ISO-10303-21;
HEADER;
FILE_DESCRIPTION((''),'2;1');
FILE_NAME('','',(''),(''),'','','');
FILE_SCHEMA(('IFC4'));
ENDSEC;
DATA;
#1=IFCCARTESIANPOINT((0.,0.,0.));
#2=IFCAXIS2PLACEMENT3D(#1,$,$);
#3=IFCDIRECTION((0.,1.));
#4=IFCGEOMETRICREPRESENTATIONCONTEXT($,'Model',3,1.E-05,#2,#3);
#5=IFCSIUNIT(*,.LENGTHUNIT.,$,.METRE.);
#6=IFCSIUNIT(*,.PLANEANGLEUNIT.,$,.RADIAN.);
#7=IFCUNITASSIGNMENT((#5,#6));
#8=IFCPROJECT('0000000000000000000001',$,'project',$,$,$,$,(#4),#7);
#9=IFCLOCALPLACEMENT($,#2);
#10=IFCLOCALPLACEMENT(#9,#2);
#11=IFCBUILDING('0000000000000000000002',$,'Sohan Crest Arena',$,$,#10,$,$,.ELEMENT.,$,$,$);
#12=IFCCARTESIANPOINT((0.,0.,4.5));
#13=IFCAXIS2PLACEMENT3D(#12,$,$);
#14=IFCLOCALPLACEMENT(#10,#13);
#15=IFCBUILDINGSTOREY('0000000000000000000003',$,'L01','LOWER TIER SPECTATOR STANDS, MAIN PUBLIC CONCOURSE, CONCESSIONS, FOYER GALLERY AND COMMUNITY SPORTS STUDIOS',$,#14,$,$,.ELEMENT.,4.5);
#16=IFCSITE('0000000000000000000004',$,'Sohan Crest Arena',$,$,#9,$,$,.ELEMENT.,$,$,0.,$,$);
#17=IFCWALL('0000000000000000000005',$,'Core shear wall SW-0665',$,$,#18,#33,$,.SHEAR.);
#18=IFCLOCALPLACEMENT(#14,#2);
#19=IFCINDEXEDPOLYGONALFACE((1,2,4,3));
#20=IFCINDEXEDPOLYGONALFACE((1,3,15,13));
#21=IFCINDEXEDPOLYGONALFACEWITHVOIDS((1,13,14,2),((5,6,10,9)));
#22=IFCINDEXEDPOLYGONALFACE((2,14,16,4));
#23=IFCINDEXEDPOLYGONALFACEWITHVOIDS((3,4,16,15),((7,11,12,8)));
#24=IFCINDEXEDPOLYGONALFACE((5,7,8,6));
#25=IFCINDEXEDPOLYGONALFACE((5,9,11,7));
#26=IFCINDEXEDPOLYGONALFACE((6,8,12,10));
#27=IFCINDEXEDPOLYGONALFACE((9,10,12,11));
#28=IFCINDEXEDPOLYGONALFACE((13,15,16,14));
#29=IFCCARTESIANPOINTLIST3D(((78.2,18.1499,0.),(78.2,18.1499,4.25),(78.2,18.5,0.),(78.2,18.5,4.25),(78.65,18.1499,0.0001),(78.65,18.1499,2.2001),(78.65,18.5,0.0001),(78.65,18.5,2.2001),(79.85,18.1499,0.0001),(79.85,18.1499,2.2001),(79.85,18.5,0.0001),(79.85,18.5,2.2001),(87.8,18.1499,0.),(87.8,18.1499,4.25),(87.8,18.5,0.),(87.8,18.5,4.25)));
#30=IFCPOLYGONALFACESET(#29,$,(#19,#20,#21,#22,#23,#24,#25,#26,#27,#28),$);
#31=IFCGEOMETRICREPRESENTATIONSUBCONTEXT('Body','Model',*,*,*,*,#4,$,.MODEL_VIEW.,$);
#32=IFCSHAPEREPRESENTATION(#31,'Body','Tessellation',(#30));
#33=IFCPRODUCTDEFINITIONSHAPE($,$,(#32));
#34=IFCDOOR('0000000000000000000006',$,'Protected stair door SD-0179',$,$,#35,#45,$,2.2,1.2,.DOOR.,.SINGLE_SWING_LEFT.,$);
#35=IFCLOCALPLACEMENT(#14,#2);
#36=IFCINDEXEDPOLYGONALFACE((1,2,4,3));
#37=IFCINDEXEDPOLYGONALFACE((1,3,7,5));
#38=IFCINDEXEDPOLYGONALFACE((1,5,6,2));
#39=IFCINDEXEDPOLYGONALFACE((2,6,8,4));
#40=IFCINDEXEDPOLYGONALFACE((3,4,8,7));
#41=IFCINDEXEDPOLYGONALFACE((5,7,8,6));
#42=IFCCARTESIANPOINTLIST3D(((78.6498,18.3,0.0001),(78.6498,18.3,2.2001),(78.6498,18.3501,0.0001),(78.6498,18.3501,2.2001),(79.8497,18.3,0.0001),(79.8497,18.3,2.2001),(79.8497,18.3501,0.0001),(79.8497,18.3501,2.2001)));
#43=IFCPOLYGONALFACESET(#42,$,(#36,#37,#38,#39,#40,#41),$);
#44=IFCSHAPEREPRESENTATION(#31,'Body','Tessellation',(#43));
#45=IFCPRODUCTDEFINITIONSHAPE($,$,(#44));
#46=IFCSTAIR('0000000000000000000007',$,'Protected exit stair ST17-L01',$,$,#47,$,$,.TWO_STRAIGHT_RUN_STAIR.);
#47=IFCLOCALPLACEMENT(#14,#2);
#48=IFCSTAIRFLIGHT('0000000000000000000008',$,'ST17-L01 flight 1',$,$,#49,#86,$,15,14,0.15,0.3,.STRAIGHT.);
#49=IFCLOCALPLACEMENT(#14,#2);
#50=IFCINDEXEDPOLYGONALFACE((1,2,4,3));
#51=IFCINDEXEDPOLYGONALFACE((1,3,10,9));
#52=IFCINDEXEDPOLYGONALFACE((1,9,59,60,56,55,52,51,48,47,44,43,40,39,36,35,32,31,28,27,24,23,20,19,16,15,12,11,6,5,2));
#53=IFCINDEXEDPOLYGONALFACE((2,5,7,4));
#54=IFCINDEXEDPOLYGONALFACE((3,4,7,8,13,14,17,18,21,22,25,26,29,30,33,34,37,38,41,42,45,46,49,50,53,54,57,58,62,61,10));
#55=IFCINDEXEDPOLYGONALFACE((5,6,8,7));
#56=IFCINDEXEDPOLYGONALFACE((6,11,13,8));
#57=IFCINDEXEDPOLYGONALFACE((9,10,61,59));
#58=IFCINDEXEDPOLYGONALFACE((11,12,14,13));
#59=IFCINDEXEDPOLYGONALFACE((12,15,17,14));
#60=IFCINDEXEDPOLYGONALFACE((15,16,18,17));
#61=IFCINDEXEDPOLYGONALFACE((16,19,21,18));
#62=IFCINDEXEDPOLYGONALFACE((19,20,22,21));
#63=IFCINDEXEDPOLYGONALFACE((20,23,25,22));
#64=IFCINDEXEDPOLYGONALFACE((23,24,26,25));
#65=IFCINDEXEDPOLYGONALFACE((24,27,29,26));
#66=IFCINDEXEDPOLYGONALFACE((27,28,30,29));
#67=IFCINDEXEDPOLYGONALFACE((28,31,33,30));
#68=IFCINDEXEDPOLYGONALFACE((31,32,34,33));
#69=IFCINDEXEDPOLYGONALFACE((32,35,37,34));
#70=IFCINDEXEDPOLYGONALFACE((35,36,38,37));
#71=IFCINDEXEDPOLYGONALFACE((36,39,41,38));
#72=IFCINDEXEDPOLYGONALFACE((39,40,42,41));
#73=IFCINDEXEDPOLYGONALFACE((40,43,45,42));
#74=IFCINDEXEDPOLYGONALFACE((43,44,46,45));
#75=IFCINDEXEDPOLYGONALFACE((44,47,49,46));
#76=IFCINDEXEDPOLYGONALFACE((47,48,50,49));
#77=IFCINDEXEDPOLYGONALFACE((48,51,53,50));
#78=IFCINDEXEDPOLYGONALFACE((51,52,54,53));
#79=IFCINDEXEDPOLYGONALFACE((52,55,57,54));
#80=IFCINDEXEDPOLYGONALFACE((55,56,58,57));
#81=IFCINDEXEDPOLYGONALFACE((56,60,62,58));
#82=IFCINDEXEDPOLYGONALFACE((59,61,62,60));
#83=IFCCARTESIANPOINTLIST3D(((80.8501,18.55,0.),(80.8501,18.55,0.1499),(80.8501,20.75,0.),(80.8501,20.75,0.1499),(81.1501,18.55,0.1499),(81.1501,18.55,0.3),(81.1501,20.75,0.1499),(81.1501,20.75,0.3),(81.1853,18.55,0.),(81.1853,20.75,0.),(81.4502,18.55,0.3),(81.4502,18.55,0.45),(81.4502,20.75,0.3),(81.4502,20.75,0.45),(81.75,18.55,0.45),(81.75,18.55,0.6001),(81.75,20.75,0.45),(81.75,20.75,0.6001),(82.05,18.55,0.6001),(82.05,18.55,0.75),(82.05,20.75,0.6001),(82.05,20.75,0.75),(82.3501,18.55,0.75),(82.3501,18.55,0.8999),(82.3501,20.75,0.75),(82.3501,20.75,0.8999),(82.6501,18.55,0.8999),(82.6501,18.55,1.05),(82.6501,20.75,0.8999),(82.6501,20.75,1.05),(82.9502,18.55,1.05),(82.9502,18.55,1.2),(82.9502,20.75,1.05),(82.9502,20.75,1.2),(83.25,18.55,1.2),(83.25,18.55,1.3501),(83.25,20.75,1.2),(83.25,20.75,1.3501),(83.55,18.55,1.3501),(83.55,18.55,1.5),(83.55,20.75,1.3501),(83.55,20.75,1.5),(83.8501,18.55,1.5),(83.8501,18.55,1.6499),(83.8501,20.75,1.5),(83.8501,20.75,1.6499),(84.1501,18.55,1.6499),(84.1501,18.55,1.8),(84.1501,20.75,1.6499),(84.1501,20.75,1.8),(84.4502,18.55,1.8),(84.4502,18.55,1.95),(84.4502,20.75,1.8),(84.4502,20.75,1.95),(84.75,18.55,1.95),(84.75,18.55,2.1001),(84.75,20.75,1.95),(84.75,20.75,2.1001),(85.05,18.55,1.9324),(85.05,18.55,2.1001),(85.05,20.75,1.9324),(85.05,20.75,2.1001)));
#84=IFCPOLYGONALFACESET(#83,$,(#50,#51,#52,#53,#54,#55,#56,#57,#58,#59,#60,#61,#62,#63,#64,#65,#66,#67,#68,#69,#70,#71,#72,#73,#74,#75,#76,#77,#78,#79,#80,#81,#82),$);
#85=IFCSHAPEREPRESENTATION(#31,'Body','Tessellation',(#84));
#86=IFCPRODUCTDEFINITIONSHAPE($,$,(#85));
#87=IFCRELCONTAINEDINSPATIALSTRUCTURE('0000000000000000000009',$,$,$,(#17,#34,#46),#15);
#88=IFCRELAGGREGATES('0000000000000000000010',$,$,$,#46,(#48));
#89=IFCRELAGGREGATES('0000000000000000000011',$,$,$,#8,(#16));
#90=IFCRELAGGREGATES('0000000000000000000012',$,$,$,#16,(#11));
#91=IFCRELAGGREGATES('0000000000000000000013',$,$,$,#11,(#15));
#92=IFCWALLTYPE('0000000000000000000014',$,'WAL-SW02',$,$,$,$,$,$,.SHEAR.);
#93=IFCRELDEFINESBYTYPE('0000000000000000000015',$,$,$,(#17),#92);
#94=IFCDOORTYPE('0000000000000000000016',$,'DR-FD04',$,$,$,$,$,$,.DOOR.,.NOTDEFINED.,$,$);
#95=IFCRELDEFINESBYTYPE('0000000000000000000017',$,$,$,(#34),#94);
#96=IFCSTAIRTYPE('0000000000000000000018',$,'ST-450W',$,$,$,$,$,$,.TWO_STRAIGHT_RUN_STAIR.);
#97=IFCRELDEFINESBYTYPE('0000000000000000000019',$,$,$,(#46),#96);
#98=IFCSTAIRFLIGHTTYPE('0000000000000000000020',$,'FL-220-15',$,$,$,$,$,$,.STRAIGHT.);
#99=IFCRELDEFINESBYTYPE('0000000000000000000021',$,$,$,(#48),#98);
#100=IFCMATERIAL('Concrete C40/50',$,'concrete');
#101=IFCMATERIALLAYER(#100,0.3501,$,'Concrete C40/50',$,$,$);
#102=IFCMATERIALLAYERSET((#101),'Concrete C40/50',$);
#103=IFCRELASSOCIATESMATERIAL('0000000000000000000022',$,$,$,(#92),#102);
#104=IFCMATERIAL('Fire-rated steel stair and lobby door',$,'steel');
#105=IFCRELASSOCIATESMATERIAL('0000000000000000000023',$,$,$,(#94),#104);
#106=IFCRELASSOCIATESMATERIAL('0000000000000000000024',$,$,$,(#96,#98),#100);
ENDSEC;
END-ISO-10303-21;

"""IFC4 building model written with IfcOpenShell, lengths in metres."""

from ifc_helpers import new_model, si_unit, direction, frame, frame_2d, origin, place, context, subcontext, project, spatial, polyline, rectangle, outline, extrude, material, layer, layer_set, type_object, element, fill, aggregate, save


model = new_model("IFC4")

# Units and contexts
model_context = context("Model", 3, precision=1e-05, world=origin(), true_north=direction((0.0, 1.0)))
body_context = subcontext(model_context, "Body", "Model", "MODEL_VIEW")
ifc_project = project(units=[si_unit("LENGTHUNIT", "METRE"), si_unit("PLANEANGLEUNIT", "RADIAN")], contexts=[model_context])

# Site, building, storey
site_placement = place(None, origin())
site = spatial("IfcSite", under=ifc_project, at=site_placement, Name="Sohan Crest Arena", CompositionType="ELEMENT", RefElevation=0.0)
building_placement = place(site_placement, origin())
building = spatial("IfcBuilding", under=site, at=building_placement, Name="Sohan Crest Arena", CompositionType="ELEMENT")
storey_placement = place(building_placement, frame((0.0, 0.0, 4.5)))
storey = spatial("IfcBuildingStorey", under=building, at=storey_placement, Name="L01", Description="LOWER TIER SPECTATOR STANDS, MAIN PUBLIC CONCOURSE, CONCESSIONS, FOYER GALLERY AND COMMUNITY SPORTS STUDIOS", CompositionType="ELEMENT", Elevation=4.5)

# Shared definitions
ifc_material_1 = material(Name="Concrete C40/50", Category="concrete")
ifc_layer_1 = layer(ifc_material_1, 0.3501, Name="Concrete C40/50")
ifc_layer_set_1 = layer_set([ifc_layer_1], Name="Concrete C40/50")
wall_type_1 = type_object("IfcWallType", Name="WAL-SW02", PredefinedType="SHEAR", material=ifc_layer_set_1)

# Wall, opening, door
wall_1_placement = place(storey_placement, frame((78.2, 18.325, 0.0), z_axis=(0.0, 0.0, 1.0), x_axis=(1.0, 0.0, 0.0)))
wall_1 = element("IfcWall", 1, at=wall_1_placement, inside=storey, type_object=wall_type_1, Name="Core shear wall SW-0665", PredefinedType="SHEAR", context=body_context, shape_type="SweptSolid", body=[
    extrude(rectangle(XDim=9.6001, YDim=0.3501, at=frame_2d((4.8, 0.0))), origin(), (0.0, 0.0, 1.0), 4.25),
])
opening_1_placement = place(wall_1_placement, frame((0.45, 0.0, 0.0)))
opening_1 = element("IfcOpeningElement", 2, at=opening_1_placement, cuts=wall_1, PredefinedType="OPENING", context=body_context, shape_type="SweptSolid", body=[
    extrude(rectangle(XDim=1.2, YDim=2.2, at=frame_2d((0.6001, 1.1001))), frame((0.0, 0.1851, 0.0), z_axis=(0.0, -1.0, 0.0), x_axis=(1.0, 0.0, 0.0)), (0.0, 0.0, 1.0), 0.3701),
])
ifc_material_2 = material(Name="Fire-rated steel stair and lobby door", Category="steel")
door_type = type_object("IfcDoorType", Name="DR-FD04", OperationType="NOTDEFINED", PredefinedType="DOOR", material=ifc_material_2)
door_placement = place(opening_1_placement, frame((1.2, 0.0, 0.0), z_axis=(0.0, 0.0, 1.0), x_axis=(-1.0, 0.0, 0.0)))
door = element("IfcDoor", 3, at=door_placement, inside=storey, type_object=door_type, Name="Protected stair door SD-0179", OperationType="SINGLE_SWING_LEFT", OverallHeight=2.2, OverallWidth=1.2, PredefinedType="DOOR", context=body_context, shape_type="SweptSolid", body=[
    extrude(rectangle(XDim=1.2, YDim=2.2, at=frame_2d((0.6001, 1.1001))), frame((0.0, 0.0249, 0.0), z_axis=(0.0, -1.0, 0.0), x_axis=(1.0, 0.0, 0.0)), (0.0, 0.0, 1.0), 0.05),
])
fill(opening_1, door)

# Stair, stair flight
stair_type = type_object("IfcStairType", Name="ST-450W", PredefinedType="TWO_STRAIGHT_RUN_STAIR", material=ifc_material_1)
stair_placement = place(storey_placement, origin())
stair = element("IfcStair", 4, at=stair_placement, inside=storey, type_object=stair_type, Name="Protected exit stair ST17-L01", PredefinedType="TWO_STRAIGHT_RUN_STAIR")
stair_flight_type = type_object("IfcStairFlightType", Name="FL-220-15", PredefinedType="STRAIGHT", material=ifc_material_1)
stair_flight_placement = place(storey_placement, frame((80.8501, 19.6499, 0.0), z_axis=(0.0, 0.0, 1.0), x_axis=(1.0, 0.0, 0.0)))
stair_flight = element("IfcStairFlight", 5, at=stair_flight_placement, type_object=stair_flight_type, Name="ST17-L01 flight 1", NumberOfRisers=15, NumberOfTreads=14, PredefinedType="STRAIGHT", RiserHeight=0.15, TreadLength=0.3, context=body_context, shape_type="SweptSolid", body=[
    extrude(outline(polyline([(0.0, 0.0), (0.0, 0.1499), (0.3, 0.1499), (0.3, 0.3), (0.6001, 0.3), (0.6001, 0.45), (0.8999, 0.45), (0.8999, 0.6001), (1.2, 0.6001), (1.2, 0.75), (1.5, 0.75), (1.5, 0.8999), (1.8, 0.8999), (1.8, 1.05), (2.1001, 1.05), (2.1001, 1.2), (2.3999, 1.2), (2.3999, 1.3501), (2.7, 1.3501), (2.7, 1.5), (3.0, 1.5), (3.0, 1.6499), (3.3, 1.6499), (3.3, 1.8), (3.6001, 1.8), (3.6001, 1.95), (3.8999, 1.95), (3.8999, 2.1001), (4.2, 2.1001), (4.2, 2.25), (4.2, 1.9324), (0.3352, 0.0), (0.0, 0.0)])), frame((0.0, 1.1001, 0.0), z_axis=(0.0, -1.0, 0.0), x_axis=(1.0, 0.0, 0.0)), (0.0, 0.0, 1.0), 2.2),
])
aggregate(stair, [stair_flight])

save(model, "model.ifc")
